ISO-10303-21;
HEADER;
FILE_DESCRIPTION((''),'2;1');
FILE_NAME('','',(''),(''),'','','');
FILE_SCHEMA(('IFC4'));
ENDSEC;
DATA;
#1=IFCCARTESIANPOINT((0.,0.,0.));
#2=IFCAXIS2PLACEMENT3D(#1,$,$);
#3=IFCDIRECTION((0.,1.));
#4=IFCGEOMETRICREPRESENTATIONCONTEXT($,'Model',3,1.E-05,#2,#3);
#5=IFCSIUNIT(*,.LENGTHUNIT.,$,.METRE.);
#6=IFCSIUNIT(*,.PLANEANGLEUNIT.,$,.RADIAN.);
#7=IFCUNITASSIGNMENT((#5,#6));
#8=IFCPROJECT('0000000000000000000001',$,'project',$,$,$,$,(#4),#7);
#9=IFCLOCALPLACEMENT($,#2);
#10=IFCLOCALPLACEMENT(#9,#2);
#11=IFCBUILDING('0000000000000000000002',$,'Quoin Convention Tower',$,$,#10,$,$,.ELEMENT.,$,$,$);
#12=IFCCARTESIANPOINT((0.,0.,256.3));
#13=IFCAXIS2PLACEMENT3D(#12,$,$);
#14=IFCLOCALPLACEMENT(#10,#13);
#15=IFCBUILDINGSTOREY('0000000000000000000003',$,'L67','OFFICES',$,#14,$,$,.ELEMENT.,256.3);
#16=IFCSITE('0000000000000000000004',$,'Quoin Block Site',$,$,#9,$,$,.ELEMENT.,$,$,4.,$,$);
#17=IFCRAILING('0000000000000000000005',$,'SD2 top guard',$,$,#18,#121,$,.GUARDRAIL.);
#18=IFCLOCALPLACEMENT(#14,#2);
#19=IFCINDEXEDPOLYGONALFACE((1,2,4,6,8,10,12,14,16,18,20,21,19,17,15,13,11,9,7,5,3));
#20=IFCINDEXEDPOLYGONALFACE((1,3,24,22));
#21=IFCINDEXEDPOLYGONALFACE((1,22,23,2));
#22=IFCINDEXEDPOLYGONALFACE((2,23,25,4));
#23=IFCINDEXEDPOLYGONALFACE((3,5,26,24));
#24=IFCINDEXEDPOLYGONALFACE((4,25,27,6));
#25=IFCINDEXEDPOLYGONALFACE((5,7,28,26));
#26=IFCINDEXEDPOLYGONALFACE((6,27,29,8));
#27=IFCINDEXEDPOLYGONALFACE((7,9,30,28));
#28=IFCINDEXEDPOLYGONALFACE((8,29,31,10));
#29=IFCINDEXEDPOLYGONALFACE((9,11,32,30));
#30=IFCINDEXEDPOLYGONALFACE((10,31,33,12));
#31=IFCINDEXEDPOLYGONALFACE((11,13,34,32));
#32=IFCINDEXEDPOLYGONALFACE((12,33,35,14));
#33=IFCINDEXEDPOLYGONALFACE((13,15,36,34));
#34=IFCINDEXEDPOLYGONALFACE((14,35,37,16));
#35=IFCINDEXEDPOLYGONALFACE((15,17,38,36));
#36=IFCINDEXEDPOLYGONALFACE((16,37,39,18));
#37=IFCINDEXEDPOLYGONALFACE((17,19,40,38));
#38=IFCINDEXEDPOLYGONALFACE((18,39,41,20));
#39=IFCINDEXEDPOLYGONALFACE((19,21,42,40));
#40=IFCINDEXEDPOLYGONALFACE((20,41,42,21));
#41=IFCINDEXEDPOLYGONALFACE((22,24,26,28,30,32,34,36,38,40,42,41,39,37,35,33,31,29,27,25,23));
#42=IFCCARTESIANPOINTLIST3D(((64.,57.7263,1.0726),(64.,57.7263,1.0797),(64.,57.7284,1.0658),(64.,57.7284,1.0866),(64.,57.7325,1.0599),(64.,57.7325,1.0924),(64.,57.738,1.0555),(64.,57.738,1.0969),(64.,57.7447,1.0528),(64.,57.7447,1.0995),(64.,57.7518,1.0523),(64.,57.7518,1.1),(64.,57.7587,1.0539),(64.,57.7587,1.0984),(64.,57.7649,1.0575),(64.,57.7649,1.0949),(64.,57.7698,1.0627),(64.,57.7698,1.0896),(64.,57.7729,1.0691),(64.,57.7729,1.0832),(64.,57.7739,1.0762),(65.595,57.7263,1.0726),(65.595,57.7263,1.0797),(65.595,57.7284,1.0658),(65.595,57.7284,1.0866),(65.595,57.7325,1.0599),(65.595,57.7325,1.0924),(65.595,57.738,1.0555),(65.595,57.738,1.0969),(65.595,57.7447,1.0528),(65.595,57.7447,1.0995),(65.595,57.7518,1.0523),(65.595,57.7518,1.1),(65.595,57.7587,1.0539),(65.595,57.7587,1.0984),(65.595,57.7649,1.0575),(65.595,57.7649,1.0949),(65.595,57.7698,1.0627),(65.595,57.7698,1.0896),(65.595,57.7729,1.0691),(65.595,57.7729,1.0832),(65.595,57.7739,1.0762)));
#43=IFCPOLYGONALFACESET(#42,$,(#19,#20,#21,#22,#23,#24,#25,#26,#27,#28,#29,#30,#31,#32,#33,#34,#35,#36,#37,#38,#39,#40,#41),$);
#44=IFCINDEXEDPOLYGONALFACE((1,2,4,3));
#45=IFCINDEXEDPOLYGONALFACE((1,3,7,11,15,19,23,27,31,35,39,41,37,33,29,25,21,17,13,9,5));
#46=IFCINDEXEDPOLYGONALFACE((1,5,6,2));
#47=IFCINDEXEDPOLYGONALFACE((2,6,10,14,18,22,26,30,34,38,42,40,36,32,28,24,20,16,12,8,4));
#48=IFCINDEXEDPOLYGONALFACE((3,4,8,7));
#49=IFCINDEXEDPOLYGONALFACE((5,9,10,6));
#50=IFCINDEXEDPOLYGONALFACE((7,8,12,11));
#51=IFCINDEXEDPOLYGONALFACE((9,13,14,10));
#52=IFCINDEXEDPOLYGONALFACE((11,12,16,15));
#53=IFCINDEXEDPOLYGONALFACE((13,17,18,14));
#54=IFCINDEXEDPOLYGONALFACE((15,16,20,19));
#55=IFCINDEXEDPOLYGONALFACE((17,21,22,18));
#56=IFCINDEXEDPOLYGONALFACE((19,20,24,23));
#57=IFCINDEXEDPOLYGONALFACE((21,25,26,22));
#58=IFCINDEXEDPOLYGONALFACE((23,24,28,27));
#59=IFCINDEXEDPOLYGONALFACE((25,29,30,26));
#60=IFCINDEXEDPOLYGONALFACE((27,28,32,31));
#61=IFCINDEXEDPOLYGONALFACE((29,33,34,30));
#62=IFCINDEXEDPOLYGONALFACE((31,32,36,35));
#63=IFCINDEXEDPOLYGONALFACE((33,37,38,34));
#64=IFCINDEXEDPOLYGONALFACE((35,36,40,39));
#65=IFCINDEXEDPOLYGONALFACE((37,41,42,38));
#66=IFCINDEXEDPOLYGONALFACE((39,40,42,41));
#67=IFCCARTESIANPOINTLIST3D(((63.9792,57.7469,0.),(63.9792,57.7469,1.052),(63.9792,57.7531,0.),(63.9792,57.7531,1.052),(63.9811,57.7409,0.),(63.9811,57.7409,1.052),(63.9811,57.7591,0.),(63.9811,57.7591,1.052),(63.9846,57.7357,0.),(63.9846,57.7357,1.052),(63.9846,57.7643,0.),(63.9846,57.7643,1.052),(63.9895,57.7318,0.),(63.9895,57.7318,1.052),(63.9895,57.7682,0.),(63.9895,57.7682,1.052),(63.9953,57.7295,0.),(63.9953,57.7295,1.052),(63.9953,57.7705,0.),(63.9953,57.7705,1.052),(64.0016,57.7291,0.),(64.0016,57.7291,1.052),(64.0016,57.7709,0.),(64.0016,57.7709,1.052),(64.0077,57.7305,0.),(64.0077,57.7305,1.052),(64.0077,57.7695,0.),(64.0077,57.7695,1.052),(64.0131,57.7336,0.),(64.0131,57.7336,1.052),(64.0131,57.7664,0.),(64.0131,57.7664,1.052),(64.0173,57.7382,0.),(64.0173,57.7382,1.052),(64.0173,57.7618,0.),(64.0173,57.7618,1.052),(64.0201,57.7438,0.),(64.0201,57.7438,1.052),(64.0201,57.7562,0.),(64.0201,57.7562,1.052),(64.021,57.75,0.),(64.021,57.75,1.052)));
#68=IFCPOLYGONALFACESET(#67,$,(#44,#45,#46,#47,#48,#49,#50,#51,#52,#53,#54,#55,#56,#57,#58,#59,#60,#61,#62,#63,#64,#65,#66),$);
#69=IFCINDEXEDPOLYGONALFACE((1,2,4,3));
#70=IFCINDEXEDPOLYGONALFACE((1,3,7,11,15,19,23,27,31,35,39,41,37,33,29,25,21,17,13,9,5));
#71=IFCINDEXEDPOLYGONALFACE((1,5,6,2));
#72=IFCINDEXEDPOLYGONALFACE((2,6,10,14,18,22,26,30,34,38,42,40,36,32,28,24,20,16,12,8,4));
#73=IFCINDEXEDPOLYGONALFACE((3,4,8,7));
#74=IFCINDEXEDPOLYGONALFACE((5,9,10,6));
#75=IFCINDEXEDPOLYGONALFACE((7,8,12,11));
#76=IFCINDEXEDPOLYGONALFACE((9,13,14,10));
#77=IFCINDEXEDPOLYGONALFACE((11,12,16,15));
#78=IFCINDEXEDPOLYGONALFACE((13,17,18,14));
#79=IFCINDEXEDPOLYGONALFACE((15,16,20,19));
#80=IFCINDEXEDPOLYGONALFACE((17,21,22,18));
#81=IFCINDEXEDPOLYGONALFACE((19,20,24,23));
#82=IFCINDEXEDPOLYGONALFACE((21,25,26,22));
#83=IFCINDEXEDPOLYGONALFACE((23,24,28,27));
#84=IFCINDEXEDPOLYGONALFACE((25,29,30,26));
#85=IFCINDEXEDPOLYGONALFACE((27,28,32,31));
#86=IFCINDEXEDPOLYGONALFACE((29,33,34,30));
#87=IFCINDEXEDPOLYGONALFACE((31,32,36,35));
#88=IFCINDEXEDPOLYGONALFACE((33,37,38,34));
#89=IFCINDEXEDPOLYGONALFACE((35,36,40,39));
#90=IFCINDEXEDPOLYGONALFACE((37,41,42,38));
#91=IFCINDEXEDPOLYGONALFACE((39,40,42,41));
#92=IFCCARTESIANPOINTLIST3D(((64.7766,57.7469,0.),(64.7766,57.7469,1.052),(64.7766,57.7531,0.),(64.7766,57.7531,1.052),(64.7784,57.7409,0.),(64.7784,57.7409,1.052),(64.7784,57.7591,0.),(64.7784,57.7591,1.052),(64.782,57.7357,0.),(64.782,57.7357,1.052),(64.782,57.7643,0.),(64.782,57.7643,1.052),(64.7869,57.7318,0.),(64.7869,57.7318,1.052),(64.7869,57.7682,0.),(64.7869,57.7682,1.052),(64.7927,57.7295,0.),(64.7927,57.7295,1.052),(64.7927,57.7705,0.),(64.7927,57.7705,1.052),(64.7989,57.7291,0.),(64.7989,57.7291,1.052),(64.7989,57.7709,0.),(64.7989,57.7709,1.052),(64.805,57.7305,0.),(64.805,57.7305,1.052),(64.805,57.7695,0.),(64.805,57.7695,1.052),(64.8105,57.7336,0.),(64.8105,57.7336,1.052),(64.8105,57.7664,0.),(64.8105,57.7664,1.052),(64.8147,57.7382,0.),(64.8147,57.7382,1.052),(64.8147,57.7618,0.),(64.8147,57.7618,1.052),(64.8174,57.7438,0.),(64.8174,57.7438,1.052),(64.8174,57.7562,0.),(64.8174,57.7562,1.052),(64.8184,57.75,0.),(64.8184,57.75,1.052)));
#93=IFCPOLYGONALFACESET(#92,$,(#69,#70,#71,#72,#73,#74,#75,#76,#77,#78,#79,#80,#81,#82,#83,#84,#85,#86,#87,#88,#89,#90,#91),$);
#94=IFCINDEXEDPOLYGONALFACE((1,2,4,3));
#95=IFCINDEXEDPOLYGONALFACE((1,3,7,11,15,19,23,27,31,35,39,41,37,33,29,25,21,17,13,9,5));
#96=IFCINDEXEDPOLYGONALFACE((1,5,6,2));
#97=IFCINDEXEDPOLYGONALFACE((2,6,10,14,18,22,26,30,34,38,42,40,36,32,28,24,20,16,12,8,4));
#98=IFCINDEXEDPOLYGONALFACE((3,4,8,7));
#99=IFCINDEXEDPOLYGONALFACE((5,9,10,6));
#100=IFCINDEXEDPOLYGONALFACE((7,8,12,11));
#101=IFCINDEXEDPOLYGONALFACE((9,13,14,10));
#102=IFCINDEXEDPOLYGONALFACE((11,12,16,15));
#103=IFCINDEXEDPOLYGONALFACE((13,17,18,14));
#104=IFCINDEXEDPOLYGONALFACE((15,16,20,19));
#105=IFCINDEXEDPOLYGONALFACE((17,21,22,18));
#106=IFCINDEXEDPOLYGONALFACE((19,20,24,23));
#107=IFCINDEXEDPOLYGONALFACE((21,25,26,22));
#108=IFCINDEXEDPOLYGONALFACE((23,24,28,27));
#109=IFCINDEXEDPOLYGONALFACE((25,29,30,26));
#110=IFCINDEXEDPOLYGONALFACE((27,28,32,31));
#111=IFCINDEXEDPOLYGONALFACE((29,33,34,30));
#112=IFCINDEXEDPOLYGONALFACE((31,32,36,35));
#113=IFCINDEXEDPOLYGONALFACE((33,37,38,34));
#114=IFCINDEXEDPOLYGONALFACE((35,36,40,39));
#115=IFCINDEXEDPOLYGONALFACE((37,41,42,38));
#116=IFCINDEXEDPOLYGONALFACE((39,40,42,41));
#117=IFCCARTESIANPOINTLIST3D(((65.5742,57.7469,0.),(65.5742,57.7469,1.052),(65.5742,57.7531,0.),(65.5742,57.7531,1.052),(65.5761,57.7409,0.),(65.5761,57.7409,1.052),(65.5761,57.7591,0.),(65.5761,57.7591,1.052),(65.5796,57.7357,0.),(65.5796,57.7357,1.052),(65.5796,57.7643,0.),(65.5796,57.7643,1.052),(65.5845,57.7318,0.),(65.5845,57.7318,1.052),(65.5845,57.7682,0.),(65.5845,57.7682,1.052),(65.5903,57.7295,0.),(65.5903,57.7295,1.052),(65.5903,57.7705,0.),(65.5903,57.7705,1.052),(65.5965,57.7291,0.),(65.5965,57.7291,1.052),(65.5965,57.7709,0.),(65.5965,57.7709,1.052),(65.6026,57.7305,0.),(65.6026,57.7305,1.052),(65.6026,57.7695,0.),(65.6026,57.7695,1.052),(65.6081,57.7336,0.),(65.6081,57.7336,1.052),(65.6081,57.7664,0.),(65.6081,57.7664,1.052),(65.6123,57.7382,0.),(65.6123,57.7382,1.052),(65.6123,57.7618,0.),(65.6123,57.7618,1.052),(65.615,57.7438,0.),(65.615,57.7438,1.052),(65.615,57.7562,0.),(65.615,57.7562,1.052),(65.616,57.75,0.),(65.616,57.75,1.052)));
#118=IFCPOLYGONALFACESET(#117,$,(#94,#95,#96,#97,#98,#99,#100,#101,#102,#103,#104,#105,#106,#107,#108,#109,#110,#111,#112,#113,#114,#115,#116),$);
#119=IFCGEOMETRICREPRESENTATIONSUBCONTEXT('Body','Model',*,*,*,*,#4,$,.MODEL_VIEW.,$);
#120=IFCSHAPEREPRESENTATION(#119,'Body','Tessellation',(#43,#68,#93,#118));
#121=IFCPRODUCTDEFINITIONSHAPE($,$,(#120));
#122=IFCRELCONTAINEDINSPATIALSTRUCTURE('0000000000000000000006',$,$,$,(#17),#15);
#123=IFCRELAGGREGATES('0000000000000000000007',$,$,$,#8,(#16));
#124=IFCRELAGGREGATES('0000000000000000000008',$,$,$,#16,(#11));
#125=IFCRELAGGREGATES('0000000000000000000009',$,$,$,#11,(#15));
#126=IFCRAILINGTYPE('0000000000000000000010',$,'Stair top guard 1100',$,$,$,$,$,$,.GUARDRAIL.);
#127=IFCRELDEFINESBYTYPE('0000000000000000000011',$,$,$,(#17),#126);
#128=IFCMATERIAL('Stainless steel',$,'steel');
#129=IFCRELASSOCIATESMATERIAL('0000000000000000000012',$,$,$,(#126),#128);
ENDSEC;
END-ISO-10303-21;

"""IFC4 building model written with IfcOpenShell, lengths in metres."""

from ifc_helpers import new_model, si_unit, direction, frame, origin, origin_2d, place, context, subcontext, project, spatial, circle, extrude, material, type_object, element, save


model = new_model("IFC4")

# Units and contexts
model_context = context("Model", 3, precision=1e-05, world=origin(), true_north=direction((0.0, 1.0)))
body_context = subcontext(model_context, "Body", "Model", "MODEL_VIEW")
ifc_project = project(units=[si_unit("LENGTHUNIT", "METRE"), si_unit("PLANEANGLEUNIT", "RADIAN")], contexts=[model_context])

# Site, building, storey
site_placement = place(None, origin())
site = spatial("IfcSite", under=ifc_project, at=site_placement, Name="Quoin Block Site", CompositionType="ELEMENT", RefElevation=4.0)
building_placement = place(site_placement, origin())
building = spatial("IfcBuilding", under=site, at=building_placement, Name="Quoin Convention Tower", CompositionType="ELEMENT")
storey_placement = place(building_placement, frame((0.0, 0.0, 256.3)))
storey = spatial("IfcBuildingStorey", under=building, at=storey_placement, Name="L67", Description="OFFICES", CompositionType="ELEMENT", Elevation=256.3)

# Railing
ifc_material_1 = material(Name="Stainless steel", Category="steel")
railing_type_1 = type_object("IfcRailingType", Name="Stair top guard 1100", PredefinedType="GUARDRAIL", material=ifc_material_1)
railing_1_placement = place(storey_placement, frame((64.0, 57.75, 0.0)))
element("IfcRailing", 1, at=railing_1_placement, inside=storey, type_object=railing_type_1, Name="SD2 top guard", PredefinedType="GUARDRAIL", context=body_context, shape_type="SweptSolid", body=[
    extrude(circle(Radius=0.0239, at=origin_2d()), frame((0.0, 0.0, 1.0762), z_axis=(1.0, 0.0, 0.0), x_axis=(0.0, 1.0, 0.0)), (0.0, 0.0, 1.0), 1.595),
    extrude(circle(Radius=0.021, at=origin_2d()), origin(), (0.0, 0.0, 1.0), 1.052),
    extrude(circle(Radius=0.021, at=origin_2d()), frame((0.7974, 0.0, 0.0)), (0.0, 0.0, 1.0), 1.052),
    extrude(circle(Radius=0.021, at=origin_2d()), frame((1.595, 0.0, 0.0)), (0.0, 0.0, 1.0), 1.052),
])

save(model, "model.ifc")
